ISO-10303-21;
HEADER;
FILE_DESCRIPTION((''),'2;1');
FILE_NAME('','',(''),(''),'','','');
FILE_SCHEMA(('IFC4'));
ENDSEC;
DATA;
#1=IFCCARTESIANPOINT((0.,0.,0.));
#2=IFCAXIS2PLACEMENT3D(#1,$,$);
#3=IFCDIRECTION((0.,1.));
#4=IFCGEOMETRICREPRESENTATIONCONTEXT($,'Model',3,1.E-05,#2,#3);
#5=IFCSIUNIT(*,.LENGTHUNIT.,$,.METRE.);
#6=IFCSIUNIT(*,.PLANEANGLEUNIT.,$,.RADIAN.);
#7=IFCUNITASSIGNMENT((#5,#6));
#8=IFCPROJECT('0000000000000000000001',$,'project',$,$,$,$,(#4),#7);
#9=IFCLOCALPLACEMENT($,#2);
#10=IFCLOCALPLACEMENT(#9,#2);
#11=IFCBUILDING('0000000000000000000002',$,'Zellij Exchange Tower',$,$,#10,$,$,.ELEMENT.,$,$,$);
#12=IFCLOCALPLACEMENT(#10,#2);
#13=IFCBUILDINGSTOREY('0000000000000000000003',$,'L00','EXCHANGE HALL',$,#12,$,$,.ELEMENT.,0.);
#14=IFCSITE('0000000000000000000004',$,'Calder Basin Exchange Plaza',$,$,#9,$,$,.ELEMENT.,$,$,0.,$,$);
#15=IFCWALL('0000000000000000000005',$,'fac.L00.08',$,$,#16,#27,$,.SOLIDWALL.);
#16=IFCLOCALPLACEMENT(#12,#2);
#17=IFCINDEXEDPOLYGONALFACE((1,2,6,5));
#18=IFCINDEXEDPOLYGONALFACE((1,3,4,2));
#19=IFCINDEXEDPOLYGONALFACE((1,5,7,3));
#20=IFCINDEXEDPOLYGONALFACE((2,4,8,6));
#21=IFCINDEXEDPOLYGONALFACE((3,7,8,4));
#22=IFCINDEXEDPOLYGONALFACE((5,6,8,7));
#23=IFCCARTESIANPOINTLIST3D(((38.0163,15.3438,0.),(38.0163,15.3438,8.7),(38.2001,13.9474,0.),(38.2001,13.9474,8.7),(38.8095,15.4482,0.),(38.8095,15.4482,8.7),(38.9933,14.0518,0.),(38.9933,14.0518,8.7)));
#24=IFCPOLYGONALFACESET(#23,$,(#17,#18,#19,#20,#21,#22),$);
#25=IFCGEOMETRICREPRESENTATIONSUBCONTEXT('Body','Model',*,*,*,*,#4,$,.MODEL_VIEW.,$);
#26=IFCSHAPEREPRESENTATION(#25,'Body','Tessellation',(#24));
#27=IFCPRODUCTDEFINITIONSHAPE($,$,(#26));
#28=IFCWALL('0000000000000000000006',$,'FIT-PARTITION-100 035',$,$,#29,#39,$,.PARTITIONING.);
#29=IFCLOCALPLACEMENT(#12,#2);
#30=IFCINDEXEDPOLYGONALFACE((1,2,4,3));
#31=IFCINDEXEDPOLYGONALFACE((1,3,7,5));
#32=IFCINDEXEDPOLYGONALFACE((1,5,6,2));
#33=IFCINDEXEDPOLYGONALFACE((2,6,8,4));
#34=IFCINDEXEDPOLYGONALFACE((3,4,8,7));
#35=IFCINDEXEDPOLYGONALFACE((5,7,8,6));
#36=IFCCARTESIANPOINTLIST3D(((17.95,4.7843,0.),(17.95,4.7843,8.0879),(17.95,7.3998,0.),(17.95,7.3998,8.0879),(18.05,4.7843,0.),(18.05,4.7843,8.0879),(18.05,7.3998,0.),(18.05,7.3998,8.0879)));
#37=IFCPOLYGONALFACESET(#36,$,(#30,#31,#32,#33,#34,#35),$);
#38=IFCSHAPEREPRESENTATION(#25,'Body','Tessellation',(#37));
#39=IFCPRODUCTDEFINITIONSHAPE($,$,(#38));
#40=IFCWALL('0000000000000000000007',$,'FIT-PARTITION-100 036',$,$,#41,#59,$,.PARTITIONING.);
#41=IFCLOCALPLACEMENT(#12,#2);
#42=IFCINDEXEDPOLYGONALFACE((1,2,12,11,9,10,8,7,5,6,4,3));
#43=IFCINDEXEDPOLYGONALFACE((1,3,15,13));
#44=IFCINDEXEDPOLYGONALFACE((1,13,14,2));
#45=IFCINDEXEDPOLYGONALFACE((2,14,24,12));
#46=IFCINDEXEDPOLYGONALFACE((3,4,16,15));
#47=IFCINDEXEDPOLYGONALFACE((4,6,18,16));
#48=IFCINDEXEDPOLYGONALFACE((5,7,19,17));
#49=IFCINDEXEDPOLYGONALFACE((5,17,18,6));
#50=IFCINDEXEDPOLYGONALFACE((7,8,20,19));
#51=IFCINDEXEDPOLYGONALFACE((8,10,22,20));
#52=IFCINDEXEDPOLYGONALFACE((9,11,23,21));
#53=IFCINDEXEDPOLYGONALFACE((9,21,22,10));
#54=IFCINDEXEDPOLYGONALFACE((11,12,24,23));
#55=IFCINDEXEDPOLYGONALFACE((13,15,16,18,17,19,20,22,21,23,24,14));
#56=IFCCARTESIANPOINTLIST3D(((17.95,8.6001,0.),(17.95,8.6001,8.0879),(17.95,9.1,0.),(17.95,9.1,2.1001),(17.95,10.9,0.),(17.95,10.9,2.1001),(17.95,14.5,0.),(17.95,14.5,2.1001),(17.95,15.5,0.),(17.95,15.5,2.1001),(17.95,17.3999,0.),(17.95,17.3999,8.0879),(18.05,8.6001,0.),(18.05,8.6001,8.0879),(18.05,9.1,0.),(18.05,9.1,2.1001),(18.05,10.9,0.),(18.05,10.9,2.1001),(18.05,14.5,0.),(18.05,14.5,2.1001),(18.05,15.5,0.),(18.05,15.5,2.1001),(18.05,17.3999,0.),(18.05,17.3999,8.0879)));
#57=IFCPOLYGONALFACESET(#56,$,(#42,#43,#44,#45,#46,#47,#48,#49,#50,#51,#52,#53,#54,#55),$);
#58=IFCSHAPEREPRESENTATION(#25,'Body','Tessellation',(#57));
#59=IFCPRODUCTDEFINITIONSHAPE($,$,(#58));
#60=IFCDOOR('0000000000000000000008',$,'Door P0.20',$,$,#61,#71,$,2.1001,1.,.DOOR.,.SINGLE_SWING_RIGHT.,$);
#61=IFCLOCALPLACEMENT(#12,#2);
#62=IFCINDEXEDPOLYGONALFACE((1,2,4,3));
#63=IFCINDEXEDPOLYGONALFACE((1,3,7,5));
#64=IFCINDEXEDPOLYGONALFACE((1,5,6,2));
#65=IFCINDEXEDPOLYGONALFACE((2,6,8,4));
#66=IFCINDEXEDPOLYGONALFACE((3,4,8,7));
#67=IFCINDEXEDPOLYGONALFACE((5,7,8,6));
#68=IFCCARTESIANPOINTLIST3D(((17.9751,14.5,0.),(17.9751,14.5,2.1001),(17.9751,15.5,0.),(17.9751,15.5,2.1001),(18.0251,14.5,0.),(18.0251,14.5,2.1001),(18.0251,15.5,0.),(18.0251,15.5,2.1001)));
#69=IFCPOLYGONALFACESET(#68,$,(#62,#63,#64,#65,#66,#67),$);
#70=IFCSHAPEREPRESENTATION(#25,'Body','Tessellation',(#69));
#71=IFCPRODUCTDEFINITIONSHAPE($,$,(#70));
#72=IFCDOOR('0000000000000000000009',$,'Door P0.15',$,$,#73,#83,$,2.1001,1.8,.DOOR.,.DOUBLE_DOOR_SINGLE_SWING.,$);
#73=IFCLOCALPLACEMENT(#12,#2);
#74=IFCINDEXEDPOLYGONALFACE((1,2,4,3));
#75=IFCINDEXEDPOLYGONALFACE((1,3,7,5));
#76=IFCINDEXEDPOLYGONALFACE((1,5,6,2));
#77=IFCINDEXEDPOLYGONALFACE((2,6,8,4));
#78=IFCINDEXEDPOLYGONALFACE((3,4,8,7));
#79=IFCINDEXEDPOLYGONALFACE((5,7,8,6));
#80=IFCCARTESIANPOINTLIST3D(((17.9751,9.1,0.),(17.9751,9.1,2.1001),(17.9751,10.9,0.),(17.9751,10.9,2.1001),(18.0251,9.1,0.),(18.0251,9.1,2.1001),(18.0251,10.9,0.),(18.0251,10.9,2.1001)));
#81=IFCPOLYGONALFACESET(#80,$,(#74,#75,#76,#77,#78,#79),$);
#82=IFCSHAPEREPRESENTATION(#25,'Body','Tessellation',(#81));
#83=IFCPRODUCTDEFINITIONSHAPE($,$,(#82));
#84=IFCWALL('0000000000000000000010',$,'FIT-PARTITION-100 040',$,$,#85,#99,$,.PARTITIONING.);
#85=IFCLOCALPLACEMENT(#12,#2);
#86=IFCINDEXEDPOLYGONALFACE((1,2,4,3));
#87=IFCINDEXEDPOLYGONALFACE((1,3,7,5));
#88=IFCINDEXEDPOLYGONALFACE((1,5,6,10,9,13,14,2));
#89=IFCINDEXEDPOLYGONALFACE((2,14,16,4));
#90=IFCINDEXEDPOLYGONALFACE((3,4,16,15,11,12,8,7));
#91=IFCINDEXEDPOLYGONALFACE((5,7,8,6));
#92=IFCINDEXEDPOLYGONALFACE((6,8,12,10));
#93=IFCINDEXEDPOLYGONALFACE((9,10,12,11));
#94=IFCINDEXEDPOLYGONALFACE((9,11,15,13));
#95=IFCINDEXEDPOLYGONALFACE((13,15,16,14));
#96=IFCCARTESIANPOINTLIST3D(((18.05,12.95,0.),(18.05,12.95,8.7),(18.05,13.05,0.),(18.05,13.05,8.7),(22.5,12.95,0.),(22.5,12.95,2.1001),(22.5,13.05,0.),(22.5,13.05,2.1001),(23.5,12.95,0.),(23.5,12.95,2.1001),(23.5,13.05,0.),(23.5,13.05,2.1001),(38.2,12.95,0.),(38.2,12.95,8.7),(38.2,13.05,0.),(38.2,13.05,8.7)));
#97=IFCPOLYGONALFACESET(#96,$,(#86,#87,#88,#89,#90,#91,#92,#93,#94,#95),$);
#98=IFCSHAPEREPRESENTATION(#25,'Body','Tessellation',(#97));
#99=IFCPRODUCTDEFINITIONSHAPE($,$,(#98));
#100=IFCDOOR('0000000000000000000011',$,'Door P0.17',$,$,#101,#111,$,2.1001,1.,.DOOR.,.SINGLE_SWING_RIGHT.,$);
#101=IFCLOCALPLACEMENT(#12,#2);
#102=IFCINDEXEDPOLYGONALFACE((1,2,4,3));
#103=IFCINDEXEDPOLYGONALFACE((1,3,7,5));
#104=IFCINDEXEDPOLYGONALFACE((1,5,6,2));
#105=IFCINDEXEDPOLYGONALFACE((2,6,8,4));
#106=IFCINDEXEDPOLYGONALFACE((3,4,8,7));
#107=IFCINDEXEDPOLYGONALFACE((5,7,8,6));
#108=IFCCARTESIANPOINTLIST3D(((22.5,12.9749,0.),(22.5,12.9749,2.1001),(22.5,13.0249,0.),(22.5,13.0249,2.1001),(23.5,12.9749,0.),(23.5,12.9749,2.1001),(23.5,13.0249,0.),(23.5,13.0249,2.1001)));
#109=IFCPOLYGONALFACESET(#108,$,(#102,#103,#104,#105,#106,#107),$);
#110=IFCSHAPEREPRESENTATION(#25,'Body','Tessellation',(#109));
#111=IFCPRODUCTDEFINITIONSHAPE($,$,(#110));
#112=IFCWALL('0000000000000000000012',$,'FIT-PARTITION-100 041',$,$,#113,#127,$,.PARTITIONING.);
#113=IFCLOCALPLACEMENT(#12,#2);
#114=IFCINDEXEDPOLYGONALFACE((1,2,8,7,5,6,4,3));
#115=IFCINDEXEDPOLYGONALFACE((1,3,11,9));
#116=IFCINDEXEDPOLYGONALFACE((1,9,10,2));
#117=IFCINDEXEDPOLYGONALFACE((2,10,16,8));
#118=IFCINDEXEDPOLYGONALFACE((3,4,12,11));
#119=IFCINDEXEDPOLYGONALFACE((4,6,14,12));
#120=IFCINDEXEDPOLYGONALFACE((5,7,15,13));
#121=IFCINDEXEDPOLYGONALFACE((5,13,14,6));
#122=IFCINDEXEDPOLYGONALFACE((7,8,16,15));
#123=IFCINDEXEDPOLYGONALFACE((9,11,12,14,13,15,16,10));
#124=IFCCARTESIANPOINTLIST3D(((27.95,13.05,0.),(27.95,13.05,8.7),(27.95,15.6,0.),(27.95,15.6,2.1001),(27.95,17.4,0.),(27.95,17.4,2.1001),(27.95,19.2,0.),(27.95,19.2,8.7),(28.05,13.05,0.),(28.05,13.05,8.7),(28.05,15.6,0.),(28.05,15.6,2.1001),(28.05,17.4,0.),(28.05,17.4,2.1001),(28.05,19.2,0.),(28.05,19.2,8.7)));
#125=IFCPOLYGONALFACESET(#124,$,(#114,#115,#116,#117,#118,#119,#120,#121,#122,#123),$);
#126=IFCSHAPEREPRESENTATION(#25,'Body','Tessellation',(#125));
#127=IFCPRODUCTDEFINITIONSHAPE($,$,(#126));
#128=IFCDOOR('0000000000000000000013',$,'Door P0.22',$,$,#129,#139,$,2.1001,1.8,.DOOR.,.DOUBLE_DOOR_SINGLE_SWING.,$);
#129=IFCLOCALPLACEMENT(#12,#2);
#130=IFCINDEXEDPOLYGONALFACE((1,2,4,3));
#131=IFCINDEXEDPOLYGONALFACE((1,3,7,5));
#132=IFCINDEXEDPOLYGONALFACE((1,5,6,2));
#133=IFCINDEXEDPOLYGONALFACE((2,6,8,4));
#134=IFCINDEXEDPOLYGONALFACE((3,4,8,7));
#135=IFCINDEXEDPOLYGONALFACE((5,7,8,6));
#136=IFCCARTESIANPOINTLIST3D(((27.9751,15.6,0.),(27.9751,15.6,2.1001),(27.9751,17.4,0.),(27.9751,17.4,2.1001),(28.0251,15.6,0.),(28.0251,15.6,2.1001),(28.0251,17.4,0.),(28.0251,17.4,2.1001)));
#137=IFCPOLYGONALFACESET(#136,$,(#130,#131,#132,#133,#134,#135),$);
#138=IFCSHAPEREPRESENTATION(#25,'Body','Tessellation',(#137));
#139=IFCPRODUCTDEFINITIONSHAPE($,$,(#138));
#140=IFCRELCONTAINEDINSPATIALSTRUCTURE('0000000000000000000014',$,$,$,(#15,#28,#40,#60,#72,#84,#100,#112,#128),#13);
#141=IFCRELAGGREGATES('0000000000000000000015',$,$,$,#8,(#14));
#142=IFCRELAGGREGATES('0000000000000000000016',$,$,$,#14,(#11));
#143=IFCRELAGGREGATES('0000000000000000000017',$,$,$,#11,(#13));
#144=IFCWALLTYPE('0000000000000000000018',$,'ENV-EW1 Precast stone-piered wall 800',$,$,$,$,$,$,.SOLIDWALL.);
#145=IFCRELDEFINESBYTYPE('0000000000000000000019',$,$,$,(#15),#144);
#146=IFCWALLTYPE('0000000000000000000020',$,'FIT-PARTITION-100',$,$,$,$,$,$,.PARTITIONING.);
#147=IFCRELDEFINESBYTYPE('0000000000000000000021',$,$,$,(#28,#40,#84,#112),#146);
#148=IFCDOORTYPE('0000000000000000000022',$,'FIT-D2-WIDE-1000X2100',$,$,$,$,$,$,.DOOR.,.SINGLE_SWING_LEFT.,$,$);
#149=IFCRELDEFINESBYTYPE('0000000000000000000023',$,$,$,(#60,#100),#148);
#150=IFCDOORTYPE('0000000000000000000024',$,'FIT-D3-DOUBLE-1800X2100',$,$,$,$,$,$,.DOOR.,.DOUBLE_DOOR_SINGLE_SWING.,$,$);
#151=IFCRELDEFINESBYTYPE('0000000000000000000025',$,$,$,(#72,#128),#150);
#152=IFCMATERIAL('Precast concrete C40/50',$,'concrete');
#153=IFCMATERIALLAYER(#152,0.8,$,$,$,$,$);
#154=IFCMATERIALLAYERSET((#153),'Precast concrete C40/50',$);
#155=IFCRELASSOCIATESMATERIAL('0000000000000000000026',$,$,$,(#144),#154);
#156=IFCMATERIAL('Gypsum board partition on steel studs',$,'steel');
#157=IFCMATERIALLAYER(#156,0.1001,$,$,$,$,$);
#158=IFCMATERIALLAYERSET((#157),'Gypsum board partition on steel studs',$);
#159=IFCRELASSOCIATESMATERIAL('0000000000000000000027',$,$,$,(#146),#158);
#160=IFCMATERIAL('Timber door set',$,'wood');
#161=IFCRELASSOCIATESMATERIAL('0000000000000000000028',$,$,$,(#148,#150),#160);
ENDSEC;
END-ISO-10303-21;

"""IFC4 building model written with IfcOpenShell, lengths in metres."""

from ifc_helpers import new_model, si_unit, direction, frame, frame_2d, origin, place, context, subcontext, project, spatial, rectangle, extrude, material, layer, layer_set, type_object, element, fill, save


model = new_model("IFC4")

# Units and contexts
model_context = context("Model", 3, precision=1e-05, world=origin(), true_north=direction((0.0, 1.0)))
body_context = subcontext(model_context, "Body", "Model", "MODEL_VIEW")
ifc_project = project(units=[si_unit("LENGTHUNIT", "METRE"), si_unit("PLANEANGLEUNIT", "RADIAN")], contexts=[model_context])

# Site, building, storey
site_placement = place(None, origin())
site = spatial("IfcSite", under=ifc_project, at=site_placement, Name="Calder Basin Exchange Plaza", CompositionType="ELEMENT", RefElevation=0.0)
building_placement = place(site_placement, origin())
building = spatial("IfcBuilding", under=site, at=building_placement, Name="Zellij Exchange Tower", CompositionType="ELEMENT")
storey_placement = place(building_placement, origin())
storey = spatial("IfcBuildingStorey", under=building, at=storey_placement, Name="L00", Description="EXCHANGE HALL", CompositionType="ELEMENT", Elevation=0.0)

# Walls
ifc_material_1 = material(Name="Precast concrete C40/50", Category="concrete")
ifc_layer_1 = layer(ifc_material_1, 0.8)
ifc_layer_set_1 = layer_set([ifc_layer_1], Name="Precast concrete C40/50")
wall_type_1 = type_object("IfcWallType", Name="ENV-EW1 Precast stone-piered wall 800", PredefinedType="SOLIDWALL", material=ifc_layer_set_1)
wall_1_placement = place(storey_placement, frame((38.5967, 13.9998, 0.0), z_axis=(0.0, 0.0, 1.0), x_axis=(-0.130517, 0.991446, 0.0)))
element("IfcWall", 1, at=wall_1_placement, inside=storey, type_object=wall_type_1, Name="fac.L00.08", PredefinedType="SOLIDWALL", context=body_context, shape_type="SweptSolid", body=[
    extrude(rectangle(XDim=1.4084, YDim=0.8, at=frame_2d((0.7041, 0.0))), origin(), (0.0, 0.0, 1.0), 8.7),
])
ifc_material_2 = material(Name="Gypsum board partition on steel studs", Category="steel")
ifc_layer_2 = layer(ifc_material_2, 0.1001)
ifc_layer_set_2 = layer_set([ifc_layer_2], Name="Gypsum board partition on steel studs")
wall_type_2 = type_object("IfcWallType", Name="FIT-PARTITION-100", PredefinedType="PARTITIONING", material=ifc_layer_set_2)
wall_2_placement = place(storey_placement, frame((18.0, 4.7844, 0.0), z_axis=(0.0, 0.0, 1.0), x_axis=(0.0, 1.0, 0.0)))
element("IfcWall", 2, at=wall_2_placement, inside=storey, type_object=wall_type_2, Name="FIT-PARTITION-100 035", PredefinedType="PARTITIONING", context=body_context, shape_type="SweptSolid", body=[
    extrude(rectangle(XDim=2.6155, YDim=0.1001, at=frame_2d((1.3076, 0.0))), origin(), (0.0, 0.0, 1.0), 8.0879),
])

# Wall, openings, doors
wall_3_placement = place(storey_placement, frame((18.0, 8.6001, 0.0), z_axis=(0.0, 0.0, 1.0), x_axis=(0.0, 1.0, 0.0)))
wall_3 = element("IfcWall", 3, at=wall_3_placement, inside=storey, type_object=wall_type_2, Name="FIT-PARTITION-100 036", PredefinedType="PARTITIONING", context=body_context, shape_type="SweptSolid", body=[
    extrude(rectangle(XDim=8.7998, YDim=0.1001, at=frame_2d((4.3999, 0.0))), origin(), (0.0, 0.0, 1.0), 8.0879),
])
opening_1_placement = place(wall_3_placement, frame((0.5, 0.0, 0.0)))
opening_1 = element("IfcOpeningElement", 4, at=opening_1_placement, cuts=wall_3, PredefinedType="OPENING", context=body_context, shape_type="SweptSolid", body=[
    extrude(rectangle(XDim=1.8, YDim=2.1001, at=frame_2d((0.8999, 1.05))), frame((0.0, 0.062, 0.0), z_axis=(0.0, -1.0, 0.0), x_axis=(1.0, 0.0, 0.0)), (0.0, 0.0, 1.0), 0.124),
])
opening_2_placement = place(wall_3_placement, frame((5.8999, 0.0, 0.0)))
opening_2 = element("IfcOpeningElement", 5, at=opening_2_placement, cuts=wall_3, PredefinedType="OPENING", context=body_context, shape_type="SweptSolid", body=[
    extrude(rectangle(XDim=1.0, YDim=2.1001, at=frame_2d((0.5, 1.05))), frame((0.0, 0.062, 0.0), z_axis=(0.0, -1.0, 0.0), x_axis=(1.0, 0.0, 0.0)), (0.0, 0.0, 1.0), 0.124),
])
ifc_material_3 = material(Name="Timber door set", Category="wood")
door_type_1 = type_object("IfcDoorType", Name="FIT-D2-WIDE-1000X2100", OperationType="SINGLE_SWING_LEFT", PredefinedType="DOOR", material=ifc_material_3)
door_1_placement = place(opening_2_placement, origin())
door_1 = element("IfcDoor", 6, at=door_1_placement, inside=storey, type_object=door_type_1, Name="Door P0.20", OperationType="SINGLE_SWING_RIGHT", OverallHeight=2.1001, OverallWidth=1.0, PredefinedType="DOOR", context=body_context, shape_type="SweptSolid", body=[
    extrude(rectangle(XDim=1.0, YDim=2.1001, at=frame_2d((0.5, 1.05))), frame((0.0, 0.0249, 0.0), z_axis=(0.0, -1.0, 0.0), x_axis=(1.0, 0.0, 0.0)), (0.0, 0.0, 1.0), 0.05),
])
fill(opening_2, door_1)
door_type_2 = type_object("IfcDoorType", Name="FIT-D3-DOUBLE-1800X2100", OperationType="DOUBLE_DOOR_SINGLE_SWING", PredefinedType="DOOR", material=ifc_material_3)
door_2_placement = place(opening_1_placement, origin())
door_2 = element("IfcDoor", 7, at=door_2_placement, inside=storey, type_object=door_type_2, Name="Door P0.15", OperationType="DOUBLE_DOOR_SINGLE_SWING", OverallHeight=2.1001, OverallWidth=1.8, PredefinedType="DOOR", context=body_context, shape_type="SweptSolid", body=[
    extrude(rectangle(XDim=1.8, YDim=2.1001, at=frame_2d((0.8999, 1.05))), frame((0.0, 0.0249, 0.0), z_axis=(0.0, -1.0, 0.0), x_axis=(1.0, 0.0, 0.0)), (0.0, 0.0, 1.0), 0.05),
])
fill(opening_1, door_2)

# Walls, openings, doors
wall_4_placement = place(storey_placement, frame((18.05, 13.0, 0.0), z_axis=(0.0, 0.0, 1.0), x_axis=(1.0, 0.0, 0.0)))
wall_4 = element("IfcWall", 8, at=wall_4_placement, inside=storey, type_object=wall_type_2, Name="FIT-PARTITION-100 040", PredefinedType="PARTITIONING", context=body_context, shape_type="SweptSolid", body=[
    extrude(rectangle(XDim=20.1499, YDim=0.1001, at=frame_2d((10.075, 0.0))), origin(), (0.0, 0.0, 1.0), 8.7),
])
opening_3_placement = place(wall_4_placement, frame((4.45, 0.0, 0.0)))
opening_3 = element("IfcOpeningElement", 9, at=opening_3_placement, cuts=wall_4, PredefinedType="OPENING", context=body_context, shape_type="SweptSolid", body=[
    extrude(rectangle(XDim=1.0, YDim=2.1001, at=frame_2d((0.5, 1.05))), frame((0.0, 0.062, 0.0), z_axis=(0.0, -1.0, 0.0), x_axis=(1.0, 0.0, 0.0)), (0.0, 0.0, 1.0), 0.124),
])
door_3_placement = place(opening_3_placement, origin())
door_3 = element("IfcDoor", 10, at=door_3_placement, inside=storey, type_object=door_type_1, Name="Door P0.17", OperationType="SINGLE_SWING_RIGHT", OverallHeight=2.1001, OverallWidth=1.0, PredefinedType="DOOR", context=body_context, shape_type="SweptSolid", body=[
    extrude(rectangle(XDim=1.0, YDim=2.1001, at=frame_2d((0.5, 1.05))), frame((0.0, 0.0249, 0.0), z_axis=(0.0, -1.0, 0.0), x_axis=(1.0, 0.0, 0.0)), (0.0, 0.0, 1.0), 0.05),
])
fill(opening_3, door_3)
wall_5_placement = place(storey_placement, frame((28.0, 13.05, 0.0), z_axis=(0.0, 0.0, 1.0), x_axis=(0.0, 1.0, 0.0)))
wall_5 = element("IfcWall", 11, at=wall_5_placement, inside=storey, type_object=wall_type_2, Name="FIT-PARTITION-100 041", PredefinedType="PARTITIONING", context=body_context, shape_type="SweptSolid", body=[
    extrude(rectangle(XDim=6.1499, YDim=0.1001, at=frame_2d((3.075, 0.0))), origin(), (0.0, 0.0, 1.0), 8.7),
])
opening_4_placement = place(wall_5_placement, frame((2.55, 0.0, 0.0)))
opening_4 = element("IfcOpeningElement", 12, at=opening_4_placement, cuts=wall_5, PredefinedType="OPENING", context=body_context, shape_type="SweptSolid", body=[
    extrude(rectangle(XDim=1.8, YDim=2.1001, at=frame_2d((0.8999, 1.05))), frame((0.0, 0.062, 0.0), z_axis=(0.0, -1.0, 0.0), x_axis=(1.0, 0.0, 0.0)), (0.0, 0.0, 1.0), 0.124),
])
door_4_placement = place(opening_4_placement, origin())
door_4 = element("IfcDoor", 13, at=door_4_placement, inside=storey, type_object=door_type_2, Name="Door P0.22", OperationType="DOUBLE_DOOR_SINGLE_SWING", OverallHeight=2.1001, OverallWidth=1.8, PredefinedType="DOOR", context=body_context, shape_type="SweptSolid", body=[
    extrude(rectangle(XDim=1.8, YDim=2.1001, at=frame_2d((0.8999, 1.05))), frame((0.0, 0.0249, 0.0), z_axis=(0.0, -1.0, 0.0), x_axis=(1.0, 0.0, 0.0)), (0.0, 0.0, 1.0), 0.05),
])
fill(opening_4, door_4)

save(model, "model.ifc")
